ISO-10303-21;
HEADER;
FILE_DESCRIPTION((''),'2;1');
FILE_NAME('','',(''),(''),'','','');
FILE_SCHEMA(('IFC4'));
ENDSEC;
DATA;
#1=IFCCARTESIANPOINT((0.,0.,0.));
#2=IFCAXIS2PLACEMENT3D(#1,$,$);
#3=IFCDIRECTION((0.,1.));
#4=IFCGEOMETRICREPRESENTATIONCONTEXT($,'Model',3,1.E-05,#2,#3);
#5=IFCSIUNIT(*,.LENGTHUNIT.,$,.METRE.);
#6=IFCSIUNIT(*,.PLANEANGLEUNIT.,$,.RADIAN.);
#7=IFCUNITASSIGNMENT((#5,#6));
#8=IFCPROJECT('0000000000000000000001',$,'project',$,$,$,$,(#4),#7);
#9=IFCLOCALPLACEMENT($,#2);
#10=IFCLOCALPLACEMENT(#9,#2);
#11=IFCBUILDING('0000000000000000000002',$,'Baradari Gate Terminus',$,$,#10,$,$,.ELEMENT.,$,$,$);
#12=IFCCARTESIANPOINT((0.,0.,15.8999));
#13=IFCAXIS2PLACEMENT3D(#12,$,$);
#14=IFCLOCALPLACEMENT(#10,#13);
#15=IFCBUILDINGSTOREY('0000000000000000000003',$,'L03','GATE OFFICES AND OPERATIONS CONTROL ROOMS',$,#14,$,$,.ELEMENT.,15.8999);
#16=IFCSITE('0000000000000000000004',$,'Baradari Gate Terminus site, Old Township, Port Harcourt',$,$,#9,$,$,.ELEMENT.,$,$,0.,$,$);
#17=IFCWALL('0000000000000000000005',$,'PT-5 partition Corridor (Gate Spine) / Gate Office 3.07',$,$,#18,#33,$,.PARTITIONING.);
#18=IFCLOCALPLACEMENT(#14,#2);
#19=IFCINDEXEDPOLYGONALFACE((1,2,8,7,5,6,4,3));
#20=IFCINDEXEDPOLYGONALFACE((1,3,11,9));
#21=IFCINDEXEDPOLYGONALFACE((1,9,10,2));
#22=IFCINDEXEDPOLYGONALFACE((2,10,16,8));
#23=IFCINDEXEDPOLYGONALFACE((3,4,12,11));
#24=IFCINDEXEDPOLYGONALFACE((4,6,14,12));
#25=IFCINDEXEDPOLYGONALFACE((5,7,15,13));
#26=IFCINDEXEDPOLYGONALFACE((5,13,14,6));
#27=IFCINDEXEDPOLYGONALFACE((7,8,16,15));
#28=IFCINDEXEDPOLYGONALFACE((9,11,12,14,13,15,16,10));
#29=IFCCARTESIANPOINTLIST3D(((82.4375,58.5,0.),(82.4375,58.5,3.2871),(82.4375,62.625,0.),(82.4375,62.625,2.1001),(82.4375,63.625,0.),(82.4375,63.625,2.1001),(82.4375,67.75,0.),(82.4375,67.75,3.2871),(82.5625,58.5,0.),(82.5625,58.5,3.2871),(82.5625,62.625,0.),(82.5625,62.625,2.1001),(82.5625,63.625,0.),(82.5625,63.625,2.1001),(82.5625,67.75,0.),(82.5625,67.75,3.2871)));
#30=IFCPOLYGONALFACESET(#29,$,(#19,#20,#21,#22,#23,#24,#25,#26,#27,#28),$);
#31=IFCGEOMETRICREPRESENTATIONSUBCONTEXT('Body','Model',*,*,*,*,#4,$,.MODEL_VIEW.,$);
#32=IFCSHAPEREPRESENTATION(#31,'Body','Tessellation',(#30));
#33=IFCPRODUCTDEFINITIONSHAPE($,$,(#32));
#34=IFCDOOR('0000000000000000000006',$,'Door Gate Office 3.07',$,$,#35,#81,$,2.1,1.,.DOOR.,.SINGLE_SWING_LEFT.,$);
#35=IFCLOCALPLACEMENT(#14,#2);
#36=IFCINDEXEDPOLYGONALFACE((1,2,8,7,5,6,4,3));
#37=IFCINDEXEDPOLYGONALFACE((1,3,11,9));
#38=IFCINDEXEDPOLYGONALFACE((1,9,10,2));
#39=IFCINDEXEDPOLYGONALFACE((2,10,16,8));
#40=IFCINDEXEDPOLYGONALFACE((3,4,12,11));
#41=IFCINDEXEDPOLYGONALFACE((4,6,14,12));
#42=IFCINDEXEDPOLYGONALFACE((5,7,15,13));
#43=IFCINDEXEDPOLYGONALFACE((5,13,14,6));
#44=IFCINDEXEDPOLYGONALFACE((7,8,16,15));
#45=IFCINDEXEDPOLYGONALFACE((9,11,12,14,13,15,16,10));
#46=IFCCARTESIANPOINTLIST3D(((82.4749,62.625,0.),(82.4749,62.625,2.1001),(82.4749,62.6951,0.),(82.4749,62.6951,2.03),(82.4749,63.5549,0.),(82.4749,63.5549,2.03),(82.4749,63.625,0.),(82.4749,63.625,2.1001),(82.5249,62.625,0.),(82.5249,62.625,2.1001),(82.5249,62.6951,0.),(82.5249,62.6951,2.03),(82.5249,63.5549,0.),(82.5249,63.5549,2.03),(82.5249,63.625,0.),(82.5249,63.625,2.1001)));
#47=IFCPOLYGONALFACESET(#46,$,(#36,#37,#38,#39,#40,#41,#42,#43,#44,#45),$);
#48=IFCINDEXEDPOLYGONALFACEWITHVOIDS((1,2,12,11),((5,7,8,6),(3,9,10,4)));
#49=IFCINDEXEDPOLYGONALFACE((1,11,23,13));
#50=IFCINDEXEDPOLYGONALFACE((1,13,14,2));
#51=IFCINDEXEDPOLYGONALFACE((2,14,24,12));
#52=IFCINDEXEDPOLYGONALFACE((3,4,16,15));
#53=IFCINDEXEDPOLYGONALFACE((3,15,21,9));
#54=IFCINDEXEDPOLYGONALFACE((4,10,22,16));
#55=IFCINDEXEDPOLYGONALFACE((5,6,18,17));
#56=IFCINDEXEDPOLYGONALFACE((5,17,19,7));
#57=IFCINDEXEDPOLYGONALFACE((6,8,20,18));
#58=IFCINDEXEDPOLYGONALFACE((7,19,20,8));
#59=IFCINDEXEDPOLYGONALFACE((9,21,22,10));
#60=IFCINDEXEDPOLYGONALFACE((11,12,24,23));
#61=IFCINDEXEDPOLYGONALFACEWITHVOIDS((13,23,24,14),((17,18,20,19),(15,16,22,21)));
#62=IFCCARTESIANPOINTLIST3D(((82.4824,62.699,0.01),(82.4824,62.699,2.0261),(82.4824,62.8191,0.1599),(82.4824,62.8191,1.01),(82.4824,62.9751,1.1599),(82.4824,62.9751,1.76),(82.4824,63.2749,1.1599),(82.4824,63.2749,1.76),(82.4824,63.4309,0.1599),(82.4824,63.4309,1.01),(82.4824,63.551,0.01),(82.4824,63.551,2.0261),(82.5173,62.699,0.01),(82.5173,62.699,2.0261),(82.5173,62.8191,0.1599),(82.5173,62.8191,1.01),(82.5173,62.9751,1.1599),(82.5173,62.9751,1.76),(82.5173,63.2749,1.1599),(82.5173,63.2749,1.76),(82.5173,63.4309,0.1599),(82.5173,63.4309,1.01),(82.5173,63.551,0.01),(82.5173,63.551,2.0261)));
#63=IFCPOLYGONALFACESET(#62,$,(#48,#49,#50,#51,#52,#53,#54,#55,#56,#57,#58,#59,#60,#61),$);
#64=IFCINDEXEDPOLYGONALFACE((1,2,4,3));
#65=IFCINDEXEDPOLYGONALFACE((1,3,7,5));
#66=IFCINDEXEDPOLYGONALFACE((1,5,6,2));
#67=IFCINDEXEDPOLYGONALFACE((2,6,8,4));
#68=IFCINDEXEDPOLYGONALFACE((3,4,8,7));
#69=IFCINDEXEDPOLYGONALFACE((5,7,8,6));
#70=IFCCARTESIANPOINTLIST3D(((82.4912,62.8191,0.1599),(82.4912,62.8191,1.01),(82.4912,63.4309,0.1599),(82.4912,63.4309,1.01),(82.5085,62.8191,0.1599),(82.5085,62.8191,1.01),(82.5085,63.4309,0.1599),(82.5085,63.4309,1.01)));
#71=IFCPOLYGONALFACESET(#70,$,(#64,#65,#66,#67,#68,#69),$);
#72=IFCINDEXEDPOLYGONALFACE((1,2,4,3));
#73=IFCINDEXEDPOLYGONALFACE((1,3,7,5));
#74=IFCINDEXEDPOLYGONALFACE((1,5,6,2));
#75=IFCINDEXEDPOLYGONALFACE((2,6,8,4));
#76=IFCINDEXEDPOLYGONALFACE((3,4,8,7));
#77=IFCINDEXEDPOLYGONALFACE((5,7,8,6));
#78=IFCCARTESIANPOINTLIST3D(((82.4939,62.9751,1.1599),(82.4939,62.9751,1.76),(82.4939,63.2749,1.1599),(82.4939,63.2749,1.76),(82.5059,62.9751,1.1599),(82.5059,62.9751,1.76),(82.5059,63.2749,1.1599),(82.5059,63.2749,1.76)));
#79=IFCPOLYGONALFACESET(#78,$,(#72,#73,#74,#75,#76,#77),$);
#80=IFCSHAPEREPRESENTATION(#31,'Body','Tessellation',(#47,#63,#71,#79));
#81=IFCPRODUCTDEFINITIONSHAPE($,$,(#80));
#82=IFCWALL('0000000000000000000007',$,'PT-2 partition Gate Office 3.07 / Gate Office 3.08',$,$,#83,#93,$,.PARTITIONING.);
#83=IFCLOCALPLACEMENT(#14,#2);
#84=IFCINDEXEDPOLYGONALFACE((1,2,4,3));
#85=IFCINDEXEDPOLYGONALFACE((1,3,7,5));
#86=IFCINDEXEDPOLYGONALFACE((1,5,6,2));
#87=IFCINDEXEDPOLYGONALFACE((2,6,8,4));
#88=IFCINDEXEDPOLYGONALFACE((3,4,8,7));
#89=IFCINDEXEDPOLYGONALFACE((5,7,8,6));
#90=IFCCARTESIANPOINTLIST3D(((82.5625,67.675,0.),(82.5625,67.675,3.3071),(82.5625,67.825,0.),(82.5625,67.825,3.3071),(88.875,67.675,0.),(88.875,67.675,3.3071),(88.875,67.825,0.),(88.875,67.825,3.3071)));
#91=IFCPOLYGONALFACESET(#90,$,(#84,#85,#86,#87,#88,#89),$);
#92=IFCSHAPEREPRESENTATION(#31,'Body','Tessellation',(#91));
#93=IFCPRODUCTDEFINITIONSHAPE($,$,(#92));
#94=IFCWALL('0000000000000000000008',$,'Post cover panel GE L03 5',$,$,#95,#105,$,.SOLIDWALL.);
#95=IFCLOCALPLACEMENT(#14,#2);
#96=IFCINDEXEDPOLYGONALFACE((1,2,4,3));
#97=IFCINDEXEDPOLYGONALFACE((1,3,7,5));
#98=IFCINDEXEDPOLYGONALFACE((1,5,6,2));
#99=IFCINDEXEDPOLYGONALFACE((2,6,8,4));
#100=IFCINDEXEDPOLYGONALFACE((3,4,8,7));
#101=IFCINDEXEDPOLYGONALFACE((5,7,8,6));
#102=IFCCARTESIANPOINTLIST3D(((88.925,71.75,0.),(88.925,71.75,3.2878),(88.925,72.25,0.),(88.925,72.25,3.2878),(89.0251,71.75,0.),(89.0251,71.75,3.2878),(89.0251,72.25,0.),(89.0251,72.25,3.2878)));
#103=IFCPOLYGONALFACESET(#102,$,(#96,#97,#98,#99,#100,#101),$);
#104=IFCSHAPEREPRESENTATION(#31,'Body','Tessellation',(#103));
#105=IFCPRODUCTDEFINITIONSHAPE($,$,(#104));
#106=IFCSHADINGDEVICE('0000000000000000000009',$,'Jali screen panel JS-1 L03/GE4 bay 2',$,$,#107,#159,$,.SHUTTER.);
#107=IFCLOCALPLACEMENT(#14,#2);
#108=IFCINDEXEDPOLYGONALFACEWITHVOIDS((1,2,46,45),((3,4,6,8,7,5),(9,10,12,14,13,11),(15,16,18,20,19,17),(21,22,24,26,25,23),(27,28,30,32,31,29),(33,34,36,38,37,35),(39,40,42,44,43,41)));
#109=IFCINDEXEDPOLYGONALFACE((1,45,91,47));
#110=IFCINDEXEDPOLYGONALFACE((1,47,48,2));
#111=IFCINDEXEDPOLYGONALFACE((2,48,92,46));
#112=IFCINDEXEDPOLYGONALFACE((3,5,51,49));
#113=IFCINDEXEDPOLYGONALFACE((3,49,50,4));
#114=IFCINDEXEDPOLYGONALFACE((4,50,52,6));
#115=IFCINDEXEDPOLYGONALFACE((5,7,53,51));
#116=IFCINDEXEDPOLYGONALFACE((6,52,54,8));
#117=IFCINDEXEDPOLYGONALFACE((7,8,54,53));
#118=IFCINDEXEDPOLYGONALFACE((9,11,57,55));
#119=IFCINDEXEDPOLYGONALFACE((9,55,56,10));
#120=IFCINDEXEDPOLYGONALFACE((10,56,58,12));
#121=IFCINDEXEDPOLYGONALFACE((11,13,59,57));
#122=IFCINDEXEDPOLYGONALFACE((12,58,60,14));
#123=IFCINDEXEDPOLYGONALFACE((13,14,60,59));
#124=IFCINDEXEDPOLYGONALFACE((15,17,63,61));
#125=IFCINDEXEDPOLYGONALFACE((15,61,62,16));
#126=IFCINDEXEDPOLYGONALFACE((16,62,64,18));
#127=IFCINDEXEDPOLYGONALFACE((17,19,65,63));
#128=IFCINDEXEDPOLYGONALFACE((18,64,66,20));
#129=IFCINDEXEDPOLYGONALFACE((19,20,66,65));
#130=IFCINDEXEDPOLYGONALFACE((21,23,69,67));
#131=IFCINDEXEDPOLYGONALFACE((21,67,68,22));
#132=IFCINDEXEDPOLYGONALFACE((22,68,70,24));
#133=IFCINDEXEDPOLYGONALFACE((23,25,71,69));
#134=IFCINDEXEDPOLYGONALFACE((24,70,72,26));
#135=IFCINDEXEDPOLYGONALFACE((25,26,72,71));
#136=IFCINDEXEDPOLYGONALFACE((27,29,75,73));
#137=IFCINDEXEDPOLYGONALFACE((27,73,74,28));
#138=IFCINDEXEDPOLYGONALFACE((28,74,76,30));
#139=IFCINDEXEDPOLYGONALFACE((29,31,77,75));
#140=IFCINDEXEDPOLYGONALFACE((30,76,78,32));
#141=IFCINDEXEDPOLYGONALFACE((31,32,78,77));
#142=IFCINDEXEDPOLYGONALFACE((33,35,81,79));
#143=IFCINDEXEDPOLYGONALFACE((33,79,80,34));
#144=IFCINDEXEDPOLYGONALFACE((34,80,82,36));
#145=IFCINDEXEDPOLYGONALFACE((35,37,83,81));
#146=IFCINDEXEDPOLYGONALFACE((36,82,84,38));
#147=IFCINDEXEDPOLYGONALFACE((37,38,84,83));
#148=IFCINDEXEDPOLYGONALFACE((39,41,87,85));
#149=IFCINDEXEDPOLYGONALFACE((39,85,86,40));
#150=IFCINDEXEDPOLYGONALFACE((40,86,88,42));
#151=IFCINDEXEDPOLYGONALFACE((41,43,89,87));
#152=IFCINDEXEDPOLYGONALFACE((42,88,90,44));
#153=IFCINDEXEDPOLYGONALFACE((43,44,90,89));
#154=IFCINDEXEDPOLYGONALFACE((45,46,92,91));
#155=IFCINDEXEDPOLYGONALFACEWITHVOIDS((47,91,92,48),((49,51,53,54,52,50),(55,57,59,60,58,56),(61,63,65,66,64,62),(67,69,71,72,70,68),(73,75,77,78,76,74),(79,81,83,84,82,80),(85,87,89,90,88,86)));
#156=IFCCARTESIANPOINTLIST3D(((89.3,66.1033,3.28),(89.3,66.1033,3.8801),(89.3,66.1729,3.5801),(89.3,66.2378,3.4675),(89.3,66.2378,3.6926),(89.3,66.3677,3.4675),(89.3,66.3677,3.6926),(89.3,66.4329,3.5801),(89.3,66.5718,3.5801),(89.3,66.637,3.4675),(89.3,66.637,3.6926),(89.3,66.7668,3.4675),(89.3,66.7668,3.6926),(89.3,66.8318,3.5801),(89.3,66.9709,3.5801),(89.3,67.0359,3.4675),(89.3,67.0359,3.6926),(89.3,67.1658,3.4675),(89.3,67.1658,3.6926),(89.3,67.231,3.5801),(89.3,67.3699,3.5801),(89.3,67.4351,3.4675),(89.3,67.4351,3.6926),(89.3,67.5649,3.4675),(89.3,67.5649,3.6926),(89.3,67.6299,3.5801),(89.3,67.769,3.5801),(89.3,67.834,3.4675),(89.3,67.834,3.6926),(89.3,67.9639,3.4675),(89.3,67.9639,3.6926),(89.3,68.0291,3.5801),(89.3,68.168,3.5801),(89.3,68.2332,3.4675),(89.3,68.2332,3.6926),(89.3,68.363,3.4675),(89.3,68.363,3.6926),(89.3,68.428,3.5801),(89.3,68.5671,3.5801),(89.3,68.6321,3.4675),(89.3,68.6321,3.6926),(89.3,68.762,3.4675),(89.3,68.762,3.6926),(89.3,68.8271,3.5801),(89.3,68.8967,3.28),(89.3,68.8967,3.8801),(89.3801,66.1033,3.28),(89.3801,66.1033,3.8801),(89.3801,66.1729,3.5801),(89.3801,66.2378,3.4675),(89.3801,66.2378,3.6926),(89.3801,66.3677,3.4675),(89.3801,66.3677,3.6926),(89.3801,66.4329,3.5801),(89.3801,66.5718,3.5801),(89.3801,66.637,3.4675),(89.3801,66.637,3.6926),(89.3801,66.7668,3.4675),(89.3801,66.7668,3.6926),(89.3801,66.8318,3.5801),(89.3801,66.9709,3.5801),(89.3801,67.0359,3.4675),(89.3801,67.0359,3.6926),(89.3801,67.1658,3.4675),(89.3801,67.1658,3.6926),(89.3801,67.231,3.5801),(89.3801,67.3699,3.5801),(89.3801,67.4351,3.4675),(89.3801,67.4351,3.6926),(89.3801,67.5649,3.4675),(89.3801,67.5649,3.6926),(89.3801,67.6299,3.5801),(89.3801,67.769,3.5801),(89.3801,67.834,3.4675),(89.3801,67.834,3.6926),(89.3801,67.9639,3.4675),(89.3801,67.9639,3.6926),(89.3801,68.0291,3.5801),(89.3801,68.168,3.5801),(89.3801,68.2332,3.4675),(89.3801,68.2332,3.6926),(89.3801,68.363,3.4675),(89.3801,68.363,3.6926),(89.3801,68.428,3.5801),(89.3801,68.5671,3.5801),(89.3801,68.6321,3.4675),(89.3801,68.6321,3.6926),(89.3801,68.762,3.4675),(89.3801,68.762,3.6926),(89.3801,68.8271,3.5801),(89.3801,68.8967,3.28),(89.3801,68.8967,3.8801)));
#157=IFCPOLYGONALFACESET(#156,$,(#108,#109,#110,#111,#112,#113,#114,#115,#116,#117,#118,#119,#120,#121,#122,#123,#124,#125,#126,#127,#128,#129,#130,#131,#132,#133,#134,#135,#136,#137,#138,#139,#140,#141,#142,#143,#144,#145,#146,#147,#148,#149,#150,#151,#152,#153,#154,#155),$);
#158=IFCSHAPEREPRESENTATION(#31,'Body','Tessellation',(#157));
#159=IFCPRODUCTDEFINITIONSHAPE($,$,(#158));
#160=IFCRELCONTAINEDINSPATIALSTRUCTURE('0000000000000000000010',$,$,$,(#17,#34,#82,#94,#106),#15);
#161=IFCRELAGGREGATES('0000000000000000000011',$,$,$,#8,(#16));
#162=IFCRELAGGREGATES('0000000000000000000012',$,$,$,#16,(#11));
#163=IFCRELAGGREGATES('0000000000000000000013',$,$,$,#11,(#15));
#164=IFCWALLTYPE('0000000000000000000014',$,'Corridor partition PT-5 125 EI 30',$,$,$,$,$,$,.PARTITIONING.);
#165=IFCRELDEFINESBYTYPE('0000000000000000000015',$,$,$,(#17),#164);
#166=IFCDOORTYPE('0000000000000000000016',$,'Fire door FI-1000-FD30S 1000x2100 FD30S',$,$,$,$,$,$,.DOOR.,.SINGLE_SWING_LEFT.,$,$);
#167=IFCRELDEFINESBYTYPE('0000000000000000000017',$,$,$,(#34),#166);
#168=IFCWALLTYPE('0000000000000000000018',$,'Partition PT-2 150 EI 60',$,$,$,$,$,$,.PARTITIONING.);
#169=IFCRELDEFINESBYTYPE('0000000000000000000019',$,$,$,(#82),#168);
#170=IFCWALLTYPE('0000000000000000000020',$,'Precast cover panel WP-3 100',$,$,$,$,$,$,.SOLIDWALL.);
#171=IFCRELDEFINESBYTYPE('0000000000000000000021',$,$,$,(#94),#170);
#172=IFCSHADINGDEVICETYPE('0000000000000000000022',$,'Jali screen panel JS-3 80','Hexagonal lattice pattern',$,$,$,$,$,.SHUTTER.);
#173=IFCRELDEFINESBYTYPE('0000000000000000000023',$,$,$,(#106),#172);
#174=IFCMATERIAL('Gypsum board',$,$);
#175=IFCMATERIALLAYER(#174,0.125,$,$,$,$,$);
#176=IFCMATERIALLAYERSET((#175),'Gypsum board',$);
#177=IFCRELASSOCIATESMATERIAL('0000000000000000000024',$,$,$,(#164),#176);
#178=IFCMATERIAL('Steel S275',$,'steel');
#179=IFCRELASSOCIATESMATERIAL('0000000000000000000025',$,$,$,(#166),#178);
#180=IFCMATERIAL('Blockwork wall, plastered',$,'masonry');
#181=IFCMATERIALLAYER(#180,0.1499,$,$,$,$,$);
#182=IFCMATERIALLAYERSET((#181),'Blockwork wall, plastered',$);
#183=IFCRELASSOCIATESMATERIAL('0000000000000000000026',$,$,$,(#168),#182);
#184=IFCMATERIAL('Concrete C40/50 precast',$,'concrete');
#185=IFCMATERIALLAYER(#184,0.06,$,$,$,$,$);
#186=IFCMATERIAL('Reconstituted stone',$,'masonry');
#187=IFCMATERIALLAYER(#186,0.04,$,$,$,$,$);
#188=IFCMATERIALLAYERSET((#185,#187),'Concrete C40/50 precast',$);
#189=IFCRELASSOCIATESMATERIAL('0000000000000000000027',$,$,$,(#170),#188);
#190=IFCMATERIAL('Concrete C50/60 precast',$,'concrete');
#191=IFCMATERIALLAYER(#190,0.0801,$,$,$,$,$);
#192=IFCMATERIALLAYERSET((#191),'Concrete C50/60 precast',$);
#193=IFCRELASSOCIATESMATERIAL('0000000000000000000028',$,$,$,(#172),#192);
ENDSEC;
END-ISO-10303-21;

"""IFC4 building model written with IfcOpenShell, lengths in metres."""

from ifc_helpers import new_model, si_unit, direction, frame, frame_2d, origin, place, context, subcontext, project, spatial, polyline, rectangle, outline, extrude, material, layer, layer_set, type_object, element, fill, save


model = new_model("IFC4")

# Units and contexts
model_context = context("Model", 3, precision=1e-05, world=origin(), true_north=direction((0.0, 1.0)))
body_context = subcontext(model_context, "Body", "Model", "MODEL_VIEW")
ifc_project = project(units=[si_unit("LENGTHUNIT", "METRE"), si_unit("PLANEANGLEUNIT", "RADIAN")], contexts=[model_context])

# Site, building, storey
site_placement = place(None, origin())
site = spatial("IfcSite", under=ifc_project, at=site_placement, Name="Baradari Gate Terminus site, Old Township, Port Harcourt", CompositionType="ELEMENT", RefElevation=0.0)
building_placement = place(site_placement, origin())
building = spatial("IfcBuilding", under=site, at=building_placement, Name="Baradari Gate Terminus", CompositionType="ELEMENT")
storey_placement = place(building_placement, frame((0.0, 0.0, 15.8999)))
storey = spatial("IfcBuildingStorey", under=building, at=storey_placement, Name="L03", Description="GATE OFFICES AND OPERATIONS CONTROL ROOMS", CompositionType="ELEMENT", Elevation=15.8999)

# Wall, opening, door
ifc_material_1 = material(Name="Gypsum board")
ifc_layer_1 = layer(ifc_material_1, 0.125)
ifc_layer_set_1 = layer_set([ifc_layer_1], Name="Gypsum board")
wall_type_1 = type_object("IfcWallType", Name="Corridor partition PT-5 125 EI 30", PredefinedType="PARTITIONING", material=ifc_layer_set_1)
wall_1_placement = place(storey_placement, frame((82.5, 67.75, 0.0), z_axis=(0.0, 0.0, 1.0), x_axis=(0.0, -1.0, 0.0)))
wall_1 = element("IfcWall", 1, at=wall_1_placement, inside=storey, type_object=wall_type_1, Name="PT-5 partition Corridor (Gate Spine) / Gate Office 3.07", PredefinedType="PARTITIONING", context=body_context, shape_type="SweptSolid", body=[
    extrude(rectangle(XDim=9.25, YDim=0.125, at=frame_2d((4.625, 0.0))), origin(), (0.0, 0.0, 1.0), 3.2871),
])
opening_placement = place(wall_1_placement, frame((4.125, 0.0, 0.0)))
opening = element("IfcOpeningElement", 2, at=opening_placement, cuts=wall_1, PredefinedType="OPENING", context=body_context, shape_type="SweptSolid", body=[
    extrude(rectangle(XDim=1.0, YDim=2.1001, at=frame_2d((0.5, 1.05))), frame((0.0, 0.0725, 0.0), z_axis=(0.0, -1.0, 0.0), x_axis=(1.0, 0.0, 0.0)), (0.0, 0.0, 1.0), 0.145),
])
ifc_material_2 = material(Name="Steel S275", Category="steel")
door_type = type_object("IfcDoorType", Name="Fire door FI-1000-FD30S 1000x2100 FD30S", OperationType="SINGLE_SWING_LEFT", PredefinedType="DOOR", material=ifc_material_2)
door_placement = place(opening_placement, origin())
door = element("IfcDoor", 3, at=door_placement, inside=storey, type_object=door_type, Name="Door Gate Office 3.07", OperationType="SINGLE_SWING_LEFT", OverallHeight=2.1, OverallWidth=1.0, PredefinedType="DOOR", context=body_context, shape_type="SweptSolid", body=[
    extrude(outline(polyline([(0.0, 0.0), (0.0701, 0.0), (0.0701, 2.03), (0.9299, 2.03), (0.9299, 0.0), (1.0, 0.0), (1.0, 2.1001), (0.0, 2.1001), (0.0, 0.0)])), frame((0.0, 0.0249, 0.0), z_axis=(0.0, -1.0, 0.0), x_axis=(1.0, 0.0, 0.0)), (0.0, 0.0, 1.0), 0.05),
    extrude(outline(polyline([(0.074, 0.01), (0.926, 0.01), (0.926, 2.0261), (0.074, 2.0261), (0.074, 0.01)]), holes=[polyline([(0.1941, 0.1599), (0.8059, 0.1599), (0.8059, 1.01), (0.1941, 1.01), (0.1941, 0.1599)]), polyline([(0.3501, 1.1599), (0.6499, 1.1599), (0.6499, 1.76), (0.3501, 1.76), (0.3501, 1.1599)])]), frame((0.0, 0.0173, 0.0), z_axis=(0.0, -1.0, 0.0), x_axis=(1.0, 0.0, 0.0)), (0.0, 0.0, 1.0), 0.0349),
    extrude(rectangle(XDim=0.6118, YDim=0.8501, at=frame_2d((0.5, 0.585))), frame((0.0, 0.0085, 0.0), z_axis=(0.0, -1.0, 0.0), x_axis=(1.0, 0.0, 0.0)), (0.0, 0.0, 1.0), 0.0173),
    extrude(rectangle(XDim=0.2998, YDim=0.6001, at=frame_2d((0.5, 1.46))), frame((0.0, 0.0059, 0.0), z_axis=(0.0, -1.0, 0.0), x_axis=(1.0, 0.0, 0.0)), (0.0, 0.0, 1.0), 0.012),
])
fill(opening, door)

# Walls
ifc_material_3 = material(Name="Blockwork wall, plastered", Category="masonry")
ifc_layer_2 = layer(ifc_material_3, 0.1499)
ifc_layer_set_2 = layer_set([ifc_layer_2], Name="Blockwork wall, plastered")
wall_type_2 = type_object("IfcWallType", Name="Partition PT-2 150 EI 60", PredefinedType="PARTITIONING", material=ifc_layer_set_2)
wall_2_placement = place(storey_placement, frame((82.5625, 67.75, 0.0), z_axis=(0.0, 0.0, 1.0), x_axis=(1.0, 0.0, 0.0)))
element("IfcWall", 4, at=wall_2_placement, inside=storey, type_object=wall_type_2, Name="PT-2 partition Gate Office 3.07 / Gate Office 3.08", PredefinedType="PARTITIONING", context=body_context, shape_type="SweptSolid", body=[
    extrude(rectangle(XDim=6.3125, YDim=0.1499, at=frame_2d((3.1562, 0.0))), origin(), (0.0, 0.0, 1.0), 3.3071),
])
ifc_material_4 = material(Name="Concrete C40/50 precast", Category="concrete")
ifc_layer_3 = layer(ifc_material_4, 0.06)
ifc_material_5 = material(Name="Reconstituted stone", Category="masonry")
ifc_layer_4 = layer(ifc_material_5, 0.04)
ifc_layer_set_3 = layer_set([ifc_layer_3, ifc_layer_4], Name="Concrete C40/50 precast")
wall_type_3 = type_object("IfcWallType", Name="Precast cover panel WP-3 100", PredefinedType="SOLIDWALL", material=ifc_layer_set_3)
wall_3_placement = place(storey_placement, frame((88.9751, 71.75, 0.0), z_axis=(0.0, 0.0, 1.0), x_axis=(0.0, 1.0, 0.0)))
element("IfcWall", 5, at=wall_3_placement, inside=storey, type_object=wall_type_3, Name="Post cover panel GE L03 5", PredefinedType="SOLIDWALL", context=body_context, shape_type="SweptSolid", body=[
    extrude(rectangle(XDim=0.5, YDim=0.1001, at=frame_2d((0.25, 0.0))), origin(), (0.0, 0.0, 1.0), 3.2878),
])

# Shading device
ifc_material_6 = material(Name="Concrete C50/60 precast", Category="concrete")
ifc_layer_5 = layer(ifc_material_6, 0.0801)
ifc_layer_set_4 = layer_set([ifc_layer_5], Name="Concrete C50/60 precast")
shading_device_type = type_object("IfcShadingDeviceType", Name="Jali screen panel JS-3 80", Description="Hexagonal lattice pattern", PredefinedType="SHUTTER", material=ifc_layer_set_4)
shading_device_1_placement = place(storey_placement, frame((89.3401, 66.1033, 3.28), z_axis=(0.0, 0.0, 1.0), x_axis=(0.0, 1.0, 0.0)))
element("IfcShadingDevice", 6, at=shading_device_1_placement, inside=storey, type_object=shading_device_type, Name="Jali screen panel JS-1 L03/GE4 bay 2", PredefinedType="SHUTTER", context=body_context, shape_type="SweptSolid", body=[
    extrude(outline(polyline([(0.0, 0.0), (2.7935, 0.0), (2.7935, 0.6001), (0.0, 0.6001), (0.0, 0.0)]), holes=[polyline([(0.3296, 0.3), (0.2644, 0.1875), (0.1345, 0.1875), (0.0696, 0.3), (0.1345, 0.4126), (0.2644, 0.4126), (0.3296, 0.3)]), polyline([(0.7285, 0.3), (0.6636, 0.1875), (0.5337, 0.1875), (0.4685, 0.3), (0.5337, 0.4126), (0.6636, 0.4126), (0.7285, 0.3)]), polyline([(1.1277, 0.3), (1.0625, 0.1875), (0.9326, 0.1875), (0.8677, 0.3), (0.9326, 0.4126), (1.0625, 0.4126), (1.1277, 0.3)]), polyline([(1.5266, 0.3), (1.4617, 0.1875), (1.3318, 0.1875), (1.2666, 0.3), (1.3318, 0.4126), (1.4617, 0.4126), (1.5266, 0.3)]), polyline([(1.9258, 0.3), (1.8606, 0.1875), (1.7307, 0.1875), (1.6658, 0.3), (1.7307, 0.4126), (1.8606, 0.4126), (1.9258, 0.3)]), polyline([(2.3247, 0.3), (2.2598, 0.1875), (2.1299, 0.1875), (2.0647, 0.3), (2.1299, 0.4126), (2.2598, 0.4126), (2.3247, 0.3)]), polyline([(2.7239, 0.3), (2.6587, 0.1875), (2.5288, 0.1875), (2.4639, 0.3), (2.5288, 0.4126), (2.6587, 0.4126), (2.7239, 0.3)])]), frame((0.0, 0.04, 0.0), z_axis=(0.0, -1.0, 0.0), x_axis=(1.0, 0.0, 0.0)), (0.0, 0.0, 1.0), 0.0801),
])

save(model, "model.ifc")
